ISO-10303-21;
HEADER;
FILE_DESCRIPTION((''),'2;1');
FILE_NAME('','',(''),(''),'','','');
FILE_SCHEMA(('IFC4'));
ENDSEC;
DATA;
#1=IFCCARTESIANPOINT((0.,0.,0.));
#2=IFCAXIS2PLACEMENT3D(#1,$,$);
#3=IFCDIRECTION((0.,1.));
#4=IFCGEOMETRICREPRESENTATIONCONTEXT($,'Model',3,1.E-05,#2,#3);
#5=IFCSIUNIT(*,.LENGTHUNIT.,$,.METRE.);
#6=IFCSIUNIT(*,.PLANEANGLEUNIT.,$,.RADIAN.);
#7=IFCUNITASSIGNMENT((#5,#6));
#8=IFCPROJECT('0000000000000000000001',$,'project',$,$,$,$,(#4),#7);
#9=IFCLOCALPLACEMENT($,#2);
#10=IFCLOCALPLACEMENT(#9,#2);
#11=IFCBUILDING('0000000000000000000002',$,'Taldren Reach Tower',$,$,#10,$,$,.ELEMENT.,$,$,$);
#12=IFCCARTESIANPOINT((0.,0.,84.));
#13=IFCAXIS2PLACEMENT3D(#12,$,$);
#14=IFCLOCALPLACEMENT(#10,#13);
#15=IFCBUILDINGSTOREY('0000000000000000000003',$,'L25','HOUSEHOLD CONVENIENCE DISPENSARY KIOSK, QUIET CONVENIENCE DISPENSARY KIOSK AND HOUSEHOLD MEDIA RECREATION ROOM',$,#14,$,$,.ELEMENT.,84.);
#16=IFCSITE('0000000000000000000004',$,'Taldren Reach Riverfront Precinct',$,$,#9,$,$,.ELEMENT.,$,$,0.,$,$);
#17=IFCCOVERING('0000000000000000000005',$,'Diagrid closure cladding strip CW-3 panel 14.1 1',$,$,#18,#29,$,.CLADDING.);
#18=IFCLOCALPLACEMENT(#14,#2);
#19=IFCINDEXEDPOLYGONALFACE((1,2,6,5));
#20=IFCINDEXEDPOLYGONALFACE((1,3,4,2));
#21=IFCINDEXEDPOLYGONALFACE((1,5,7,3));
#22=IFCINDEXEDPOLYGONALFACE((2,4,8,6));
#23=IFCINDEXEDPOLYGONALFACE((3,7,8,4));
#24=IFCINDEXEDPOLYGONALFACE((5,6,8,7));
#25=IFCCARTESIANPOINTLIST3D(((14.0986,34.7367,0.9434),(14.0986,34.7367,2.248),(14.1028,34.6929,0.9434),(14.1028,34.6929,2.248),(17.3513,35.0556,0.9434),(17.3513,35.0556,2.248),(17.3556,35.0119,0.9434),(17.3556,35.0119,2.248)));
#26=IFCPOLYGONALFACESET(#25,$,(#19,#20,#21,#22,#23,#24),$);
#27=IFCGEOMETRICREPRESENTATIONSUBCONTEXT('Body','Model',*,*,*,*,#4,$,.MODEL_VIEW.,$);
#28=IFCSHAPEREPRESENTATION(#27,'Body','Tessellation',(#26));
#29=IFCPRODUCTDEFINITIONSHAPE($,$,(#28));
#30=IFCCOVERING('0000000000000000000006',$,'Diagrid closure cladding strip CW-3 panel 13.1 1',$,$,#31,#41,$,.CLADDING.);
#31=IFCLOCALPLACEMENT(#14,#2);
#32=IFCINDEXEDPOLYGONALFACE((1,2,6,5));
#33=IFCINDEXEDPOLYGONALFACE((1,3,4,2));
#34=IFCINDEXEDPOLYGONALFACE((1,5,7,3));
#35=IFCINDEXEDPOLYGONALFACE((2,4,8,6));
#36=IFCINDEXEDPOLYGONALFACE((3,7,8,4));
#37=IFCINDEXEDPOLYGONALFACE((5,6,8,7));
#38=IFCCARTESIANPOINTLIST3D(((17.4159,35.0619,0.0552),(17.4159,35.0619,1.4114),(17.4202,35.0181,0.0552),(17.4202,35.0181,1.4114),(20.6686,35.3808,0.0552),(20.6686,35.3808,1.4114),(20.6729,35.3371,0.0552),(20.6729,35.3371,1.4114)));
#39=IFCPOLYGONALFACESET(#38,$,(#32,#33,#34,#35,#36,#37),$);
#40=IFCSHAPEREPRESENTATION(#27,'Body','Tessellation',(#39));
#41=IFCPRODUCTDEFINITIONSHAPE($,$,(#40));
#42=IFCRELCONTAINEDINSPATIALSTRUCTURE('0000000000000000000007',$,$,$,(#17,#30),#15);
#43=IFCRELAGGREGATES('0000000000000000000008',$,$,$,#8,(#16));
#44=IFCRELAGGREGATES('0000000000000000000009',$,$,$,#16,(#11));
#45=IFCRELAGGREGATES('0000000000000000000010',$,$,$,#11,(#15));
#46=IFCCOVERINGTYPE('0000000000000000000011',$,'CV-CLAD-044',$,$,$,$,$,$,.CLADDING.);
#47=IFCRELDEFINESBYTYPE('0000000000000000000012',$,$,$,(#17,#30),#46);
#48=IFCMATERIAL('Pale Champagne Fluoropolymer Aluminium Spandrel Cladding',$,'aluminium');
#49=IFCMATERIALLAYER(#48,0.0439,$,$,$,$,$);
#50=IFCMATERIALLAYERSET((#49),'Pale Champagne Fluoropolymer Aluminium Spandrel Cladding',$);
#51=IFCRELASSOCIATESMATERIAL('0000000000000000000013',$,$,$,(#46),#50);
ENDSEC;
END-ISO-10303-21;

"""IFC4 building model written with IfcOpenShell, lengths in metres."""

from ifc_helpers import new_model, si_unit, direction, frame, origin, origin_2d, place, context, subcontext, project, spatial, rectangle, extrude, source, transform, mapped, material, layer, layer_set, type_object, element, save


model = new_model("IFC4")

# Units and contexts
model_context = context("Model", 3, precision=1e-05, world=origin(), true_north=direction((0.0, 1.0)))
body_context = subcontext(model_context, "Body", "Model", "MODEL_VIEW")
ifc_project = project(units=[si_unit("LENGTHUNIT", "METRE"), si_unit("PLANEANGLEUNIT", "RADIAN")], contexts=[model_context])

# Site, building, storey
site_placement = place(None, origin())
site = spatial("IfcSite", under=ifc_project, at=site_placement, Name="Taldren Reach Riverfront Precinct", CompositionType="ELEMENT", RefElevation=0.0)
building_placement = place(site_placement, origin())
building = spatial("IfcBuilding", under=site, at=building_placement, Name="Taldren Reach Tower", CompositionType="ELEMENT")
storey_placement = place(building_placement, frame((0.0, 0.0, 84.0)))
storey = spatial("IfcBuildingStorey", under=building, at=storey_placement, Name="L25", Description="HOUSEHOLD CONVENIENCE DISPENSARY KIOSK, QUIET CONVENIENCE DISPENSARY KIOSK AND HOUSEHOLD MEDIA RECREATION ROOM", CompositionType="ELEMENT", Elevation=84.0)

# Coverings
ifc_material_1 = material(Name="Pale Champagne Fluoropolymer Aluminium Spandrel Cladding", Category="aluminium")
ifc_layer_1 = layer(ifc_material_1, 0.0439)
ifc_layer_set_1 = layer_set([ifc_layer_1], Name="Pale Champagne Fluoropolymer Aluminium Spandrel Cladding")
covering_type = type_object("IfcCoveringType", Name="CV-CLAD-044", PredefinedType="CLADDING", material=ifc_layer_set_1)
shared_shape_1 = source(origin(), body_context, "Body", "SweptSolid", [
    extrude(rectangle(XDim=3.2683, YDim=0.0439, at=origin_2d()), origin(), (0.0, 0.0, 1.0), 1.3047),
])
covering_1_placement = place(storey_placement, frame((15.7271, 34.8743, 0.9434), z_axis=(0.0, 0.0, 1.0), x_axis=(-0.995227, -0.097583, 0.0)))
element("IfcCovering", 1, at=covering_1_placement, inside=storey, type_object=covering_type, Name="Diagrid closure cladding strip CW-3 panel 14.1 1", PredefinedType="CLADDING", context=body_context, shape_type="MappedRepresentation", body=[
    mapped(shared_shape_1, transform((0.0, 0.0, 0.0), scale=1.0)),
])
shared_shape_2 = source(origin(), body_context, "Body", "SweptSolid", [
    extrude(rectangle(XDim=3.2683, YDim=0.0439, at=origin_2d()), origin(), (0.0, 0.0, 1.0), 1.3562),
])
covering_2_placement = place(storey_placement, frame((19.0444, 35.1995, 0.0552), z_axis=(0.0, 0.0, 1.0), x_axis=(-0.995227, -0.097583, 0.0)))
element("IfcCovering", 2, at=covering_2_placement, inside=storey, type_object=covering_type, Name="Diagrid closure cladding strip CW-3 panel 13.1 1", PredefinedType="CLADDING", context=body_context, shape_type="MappedRepresentation", body=[
    mapped(shared_shape_2, transform((0.0, 0.0, 0.0), scale=1.0)),
])

save(model, "model.ifc")
